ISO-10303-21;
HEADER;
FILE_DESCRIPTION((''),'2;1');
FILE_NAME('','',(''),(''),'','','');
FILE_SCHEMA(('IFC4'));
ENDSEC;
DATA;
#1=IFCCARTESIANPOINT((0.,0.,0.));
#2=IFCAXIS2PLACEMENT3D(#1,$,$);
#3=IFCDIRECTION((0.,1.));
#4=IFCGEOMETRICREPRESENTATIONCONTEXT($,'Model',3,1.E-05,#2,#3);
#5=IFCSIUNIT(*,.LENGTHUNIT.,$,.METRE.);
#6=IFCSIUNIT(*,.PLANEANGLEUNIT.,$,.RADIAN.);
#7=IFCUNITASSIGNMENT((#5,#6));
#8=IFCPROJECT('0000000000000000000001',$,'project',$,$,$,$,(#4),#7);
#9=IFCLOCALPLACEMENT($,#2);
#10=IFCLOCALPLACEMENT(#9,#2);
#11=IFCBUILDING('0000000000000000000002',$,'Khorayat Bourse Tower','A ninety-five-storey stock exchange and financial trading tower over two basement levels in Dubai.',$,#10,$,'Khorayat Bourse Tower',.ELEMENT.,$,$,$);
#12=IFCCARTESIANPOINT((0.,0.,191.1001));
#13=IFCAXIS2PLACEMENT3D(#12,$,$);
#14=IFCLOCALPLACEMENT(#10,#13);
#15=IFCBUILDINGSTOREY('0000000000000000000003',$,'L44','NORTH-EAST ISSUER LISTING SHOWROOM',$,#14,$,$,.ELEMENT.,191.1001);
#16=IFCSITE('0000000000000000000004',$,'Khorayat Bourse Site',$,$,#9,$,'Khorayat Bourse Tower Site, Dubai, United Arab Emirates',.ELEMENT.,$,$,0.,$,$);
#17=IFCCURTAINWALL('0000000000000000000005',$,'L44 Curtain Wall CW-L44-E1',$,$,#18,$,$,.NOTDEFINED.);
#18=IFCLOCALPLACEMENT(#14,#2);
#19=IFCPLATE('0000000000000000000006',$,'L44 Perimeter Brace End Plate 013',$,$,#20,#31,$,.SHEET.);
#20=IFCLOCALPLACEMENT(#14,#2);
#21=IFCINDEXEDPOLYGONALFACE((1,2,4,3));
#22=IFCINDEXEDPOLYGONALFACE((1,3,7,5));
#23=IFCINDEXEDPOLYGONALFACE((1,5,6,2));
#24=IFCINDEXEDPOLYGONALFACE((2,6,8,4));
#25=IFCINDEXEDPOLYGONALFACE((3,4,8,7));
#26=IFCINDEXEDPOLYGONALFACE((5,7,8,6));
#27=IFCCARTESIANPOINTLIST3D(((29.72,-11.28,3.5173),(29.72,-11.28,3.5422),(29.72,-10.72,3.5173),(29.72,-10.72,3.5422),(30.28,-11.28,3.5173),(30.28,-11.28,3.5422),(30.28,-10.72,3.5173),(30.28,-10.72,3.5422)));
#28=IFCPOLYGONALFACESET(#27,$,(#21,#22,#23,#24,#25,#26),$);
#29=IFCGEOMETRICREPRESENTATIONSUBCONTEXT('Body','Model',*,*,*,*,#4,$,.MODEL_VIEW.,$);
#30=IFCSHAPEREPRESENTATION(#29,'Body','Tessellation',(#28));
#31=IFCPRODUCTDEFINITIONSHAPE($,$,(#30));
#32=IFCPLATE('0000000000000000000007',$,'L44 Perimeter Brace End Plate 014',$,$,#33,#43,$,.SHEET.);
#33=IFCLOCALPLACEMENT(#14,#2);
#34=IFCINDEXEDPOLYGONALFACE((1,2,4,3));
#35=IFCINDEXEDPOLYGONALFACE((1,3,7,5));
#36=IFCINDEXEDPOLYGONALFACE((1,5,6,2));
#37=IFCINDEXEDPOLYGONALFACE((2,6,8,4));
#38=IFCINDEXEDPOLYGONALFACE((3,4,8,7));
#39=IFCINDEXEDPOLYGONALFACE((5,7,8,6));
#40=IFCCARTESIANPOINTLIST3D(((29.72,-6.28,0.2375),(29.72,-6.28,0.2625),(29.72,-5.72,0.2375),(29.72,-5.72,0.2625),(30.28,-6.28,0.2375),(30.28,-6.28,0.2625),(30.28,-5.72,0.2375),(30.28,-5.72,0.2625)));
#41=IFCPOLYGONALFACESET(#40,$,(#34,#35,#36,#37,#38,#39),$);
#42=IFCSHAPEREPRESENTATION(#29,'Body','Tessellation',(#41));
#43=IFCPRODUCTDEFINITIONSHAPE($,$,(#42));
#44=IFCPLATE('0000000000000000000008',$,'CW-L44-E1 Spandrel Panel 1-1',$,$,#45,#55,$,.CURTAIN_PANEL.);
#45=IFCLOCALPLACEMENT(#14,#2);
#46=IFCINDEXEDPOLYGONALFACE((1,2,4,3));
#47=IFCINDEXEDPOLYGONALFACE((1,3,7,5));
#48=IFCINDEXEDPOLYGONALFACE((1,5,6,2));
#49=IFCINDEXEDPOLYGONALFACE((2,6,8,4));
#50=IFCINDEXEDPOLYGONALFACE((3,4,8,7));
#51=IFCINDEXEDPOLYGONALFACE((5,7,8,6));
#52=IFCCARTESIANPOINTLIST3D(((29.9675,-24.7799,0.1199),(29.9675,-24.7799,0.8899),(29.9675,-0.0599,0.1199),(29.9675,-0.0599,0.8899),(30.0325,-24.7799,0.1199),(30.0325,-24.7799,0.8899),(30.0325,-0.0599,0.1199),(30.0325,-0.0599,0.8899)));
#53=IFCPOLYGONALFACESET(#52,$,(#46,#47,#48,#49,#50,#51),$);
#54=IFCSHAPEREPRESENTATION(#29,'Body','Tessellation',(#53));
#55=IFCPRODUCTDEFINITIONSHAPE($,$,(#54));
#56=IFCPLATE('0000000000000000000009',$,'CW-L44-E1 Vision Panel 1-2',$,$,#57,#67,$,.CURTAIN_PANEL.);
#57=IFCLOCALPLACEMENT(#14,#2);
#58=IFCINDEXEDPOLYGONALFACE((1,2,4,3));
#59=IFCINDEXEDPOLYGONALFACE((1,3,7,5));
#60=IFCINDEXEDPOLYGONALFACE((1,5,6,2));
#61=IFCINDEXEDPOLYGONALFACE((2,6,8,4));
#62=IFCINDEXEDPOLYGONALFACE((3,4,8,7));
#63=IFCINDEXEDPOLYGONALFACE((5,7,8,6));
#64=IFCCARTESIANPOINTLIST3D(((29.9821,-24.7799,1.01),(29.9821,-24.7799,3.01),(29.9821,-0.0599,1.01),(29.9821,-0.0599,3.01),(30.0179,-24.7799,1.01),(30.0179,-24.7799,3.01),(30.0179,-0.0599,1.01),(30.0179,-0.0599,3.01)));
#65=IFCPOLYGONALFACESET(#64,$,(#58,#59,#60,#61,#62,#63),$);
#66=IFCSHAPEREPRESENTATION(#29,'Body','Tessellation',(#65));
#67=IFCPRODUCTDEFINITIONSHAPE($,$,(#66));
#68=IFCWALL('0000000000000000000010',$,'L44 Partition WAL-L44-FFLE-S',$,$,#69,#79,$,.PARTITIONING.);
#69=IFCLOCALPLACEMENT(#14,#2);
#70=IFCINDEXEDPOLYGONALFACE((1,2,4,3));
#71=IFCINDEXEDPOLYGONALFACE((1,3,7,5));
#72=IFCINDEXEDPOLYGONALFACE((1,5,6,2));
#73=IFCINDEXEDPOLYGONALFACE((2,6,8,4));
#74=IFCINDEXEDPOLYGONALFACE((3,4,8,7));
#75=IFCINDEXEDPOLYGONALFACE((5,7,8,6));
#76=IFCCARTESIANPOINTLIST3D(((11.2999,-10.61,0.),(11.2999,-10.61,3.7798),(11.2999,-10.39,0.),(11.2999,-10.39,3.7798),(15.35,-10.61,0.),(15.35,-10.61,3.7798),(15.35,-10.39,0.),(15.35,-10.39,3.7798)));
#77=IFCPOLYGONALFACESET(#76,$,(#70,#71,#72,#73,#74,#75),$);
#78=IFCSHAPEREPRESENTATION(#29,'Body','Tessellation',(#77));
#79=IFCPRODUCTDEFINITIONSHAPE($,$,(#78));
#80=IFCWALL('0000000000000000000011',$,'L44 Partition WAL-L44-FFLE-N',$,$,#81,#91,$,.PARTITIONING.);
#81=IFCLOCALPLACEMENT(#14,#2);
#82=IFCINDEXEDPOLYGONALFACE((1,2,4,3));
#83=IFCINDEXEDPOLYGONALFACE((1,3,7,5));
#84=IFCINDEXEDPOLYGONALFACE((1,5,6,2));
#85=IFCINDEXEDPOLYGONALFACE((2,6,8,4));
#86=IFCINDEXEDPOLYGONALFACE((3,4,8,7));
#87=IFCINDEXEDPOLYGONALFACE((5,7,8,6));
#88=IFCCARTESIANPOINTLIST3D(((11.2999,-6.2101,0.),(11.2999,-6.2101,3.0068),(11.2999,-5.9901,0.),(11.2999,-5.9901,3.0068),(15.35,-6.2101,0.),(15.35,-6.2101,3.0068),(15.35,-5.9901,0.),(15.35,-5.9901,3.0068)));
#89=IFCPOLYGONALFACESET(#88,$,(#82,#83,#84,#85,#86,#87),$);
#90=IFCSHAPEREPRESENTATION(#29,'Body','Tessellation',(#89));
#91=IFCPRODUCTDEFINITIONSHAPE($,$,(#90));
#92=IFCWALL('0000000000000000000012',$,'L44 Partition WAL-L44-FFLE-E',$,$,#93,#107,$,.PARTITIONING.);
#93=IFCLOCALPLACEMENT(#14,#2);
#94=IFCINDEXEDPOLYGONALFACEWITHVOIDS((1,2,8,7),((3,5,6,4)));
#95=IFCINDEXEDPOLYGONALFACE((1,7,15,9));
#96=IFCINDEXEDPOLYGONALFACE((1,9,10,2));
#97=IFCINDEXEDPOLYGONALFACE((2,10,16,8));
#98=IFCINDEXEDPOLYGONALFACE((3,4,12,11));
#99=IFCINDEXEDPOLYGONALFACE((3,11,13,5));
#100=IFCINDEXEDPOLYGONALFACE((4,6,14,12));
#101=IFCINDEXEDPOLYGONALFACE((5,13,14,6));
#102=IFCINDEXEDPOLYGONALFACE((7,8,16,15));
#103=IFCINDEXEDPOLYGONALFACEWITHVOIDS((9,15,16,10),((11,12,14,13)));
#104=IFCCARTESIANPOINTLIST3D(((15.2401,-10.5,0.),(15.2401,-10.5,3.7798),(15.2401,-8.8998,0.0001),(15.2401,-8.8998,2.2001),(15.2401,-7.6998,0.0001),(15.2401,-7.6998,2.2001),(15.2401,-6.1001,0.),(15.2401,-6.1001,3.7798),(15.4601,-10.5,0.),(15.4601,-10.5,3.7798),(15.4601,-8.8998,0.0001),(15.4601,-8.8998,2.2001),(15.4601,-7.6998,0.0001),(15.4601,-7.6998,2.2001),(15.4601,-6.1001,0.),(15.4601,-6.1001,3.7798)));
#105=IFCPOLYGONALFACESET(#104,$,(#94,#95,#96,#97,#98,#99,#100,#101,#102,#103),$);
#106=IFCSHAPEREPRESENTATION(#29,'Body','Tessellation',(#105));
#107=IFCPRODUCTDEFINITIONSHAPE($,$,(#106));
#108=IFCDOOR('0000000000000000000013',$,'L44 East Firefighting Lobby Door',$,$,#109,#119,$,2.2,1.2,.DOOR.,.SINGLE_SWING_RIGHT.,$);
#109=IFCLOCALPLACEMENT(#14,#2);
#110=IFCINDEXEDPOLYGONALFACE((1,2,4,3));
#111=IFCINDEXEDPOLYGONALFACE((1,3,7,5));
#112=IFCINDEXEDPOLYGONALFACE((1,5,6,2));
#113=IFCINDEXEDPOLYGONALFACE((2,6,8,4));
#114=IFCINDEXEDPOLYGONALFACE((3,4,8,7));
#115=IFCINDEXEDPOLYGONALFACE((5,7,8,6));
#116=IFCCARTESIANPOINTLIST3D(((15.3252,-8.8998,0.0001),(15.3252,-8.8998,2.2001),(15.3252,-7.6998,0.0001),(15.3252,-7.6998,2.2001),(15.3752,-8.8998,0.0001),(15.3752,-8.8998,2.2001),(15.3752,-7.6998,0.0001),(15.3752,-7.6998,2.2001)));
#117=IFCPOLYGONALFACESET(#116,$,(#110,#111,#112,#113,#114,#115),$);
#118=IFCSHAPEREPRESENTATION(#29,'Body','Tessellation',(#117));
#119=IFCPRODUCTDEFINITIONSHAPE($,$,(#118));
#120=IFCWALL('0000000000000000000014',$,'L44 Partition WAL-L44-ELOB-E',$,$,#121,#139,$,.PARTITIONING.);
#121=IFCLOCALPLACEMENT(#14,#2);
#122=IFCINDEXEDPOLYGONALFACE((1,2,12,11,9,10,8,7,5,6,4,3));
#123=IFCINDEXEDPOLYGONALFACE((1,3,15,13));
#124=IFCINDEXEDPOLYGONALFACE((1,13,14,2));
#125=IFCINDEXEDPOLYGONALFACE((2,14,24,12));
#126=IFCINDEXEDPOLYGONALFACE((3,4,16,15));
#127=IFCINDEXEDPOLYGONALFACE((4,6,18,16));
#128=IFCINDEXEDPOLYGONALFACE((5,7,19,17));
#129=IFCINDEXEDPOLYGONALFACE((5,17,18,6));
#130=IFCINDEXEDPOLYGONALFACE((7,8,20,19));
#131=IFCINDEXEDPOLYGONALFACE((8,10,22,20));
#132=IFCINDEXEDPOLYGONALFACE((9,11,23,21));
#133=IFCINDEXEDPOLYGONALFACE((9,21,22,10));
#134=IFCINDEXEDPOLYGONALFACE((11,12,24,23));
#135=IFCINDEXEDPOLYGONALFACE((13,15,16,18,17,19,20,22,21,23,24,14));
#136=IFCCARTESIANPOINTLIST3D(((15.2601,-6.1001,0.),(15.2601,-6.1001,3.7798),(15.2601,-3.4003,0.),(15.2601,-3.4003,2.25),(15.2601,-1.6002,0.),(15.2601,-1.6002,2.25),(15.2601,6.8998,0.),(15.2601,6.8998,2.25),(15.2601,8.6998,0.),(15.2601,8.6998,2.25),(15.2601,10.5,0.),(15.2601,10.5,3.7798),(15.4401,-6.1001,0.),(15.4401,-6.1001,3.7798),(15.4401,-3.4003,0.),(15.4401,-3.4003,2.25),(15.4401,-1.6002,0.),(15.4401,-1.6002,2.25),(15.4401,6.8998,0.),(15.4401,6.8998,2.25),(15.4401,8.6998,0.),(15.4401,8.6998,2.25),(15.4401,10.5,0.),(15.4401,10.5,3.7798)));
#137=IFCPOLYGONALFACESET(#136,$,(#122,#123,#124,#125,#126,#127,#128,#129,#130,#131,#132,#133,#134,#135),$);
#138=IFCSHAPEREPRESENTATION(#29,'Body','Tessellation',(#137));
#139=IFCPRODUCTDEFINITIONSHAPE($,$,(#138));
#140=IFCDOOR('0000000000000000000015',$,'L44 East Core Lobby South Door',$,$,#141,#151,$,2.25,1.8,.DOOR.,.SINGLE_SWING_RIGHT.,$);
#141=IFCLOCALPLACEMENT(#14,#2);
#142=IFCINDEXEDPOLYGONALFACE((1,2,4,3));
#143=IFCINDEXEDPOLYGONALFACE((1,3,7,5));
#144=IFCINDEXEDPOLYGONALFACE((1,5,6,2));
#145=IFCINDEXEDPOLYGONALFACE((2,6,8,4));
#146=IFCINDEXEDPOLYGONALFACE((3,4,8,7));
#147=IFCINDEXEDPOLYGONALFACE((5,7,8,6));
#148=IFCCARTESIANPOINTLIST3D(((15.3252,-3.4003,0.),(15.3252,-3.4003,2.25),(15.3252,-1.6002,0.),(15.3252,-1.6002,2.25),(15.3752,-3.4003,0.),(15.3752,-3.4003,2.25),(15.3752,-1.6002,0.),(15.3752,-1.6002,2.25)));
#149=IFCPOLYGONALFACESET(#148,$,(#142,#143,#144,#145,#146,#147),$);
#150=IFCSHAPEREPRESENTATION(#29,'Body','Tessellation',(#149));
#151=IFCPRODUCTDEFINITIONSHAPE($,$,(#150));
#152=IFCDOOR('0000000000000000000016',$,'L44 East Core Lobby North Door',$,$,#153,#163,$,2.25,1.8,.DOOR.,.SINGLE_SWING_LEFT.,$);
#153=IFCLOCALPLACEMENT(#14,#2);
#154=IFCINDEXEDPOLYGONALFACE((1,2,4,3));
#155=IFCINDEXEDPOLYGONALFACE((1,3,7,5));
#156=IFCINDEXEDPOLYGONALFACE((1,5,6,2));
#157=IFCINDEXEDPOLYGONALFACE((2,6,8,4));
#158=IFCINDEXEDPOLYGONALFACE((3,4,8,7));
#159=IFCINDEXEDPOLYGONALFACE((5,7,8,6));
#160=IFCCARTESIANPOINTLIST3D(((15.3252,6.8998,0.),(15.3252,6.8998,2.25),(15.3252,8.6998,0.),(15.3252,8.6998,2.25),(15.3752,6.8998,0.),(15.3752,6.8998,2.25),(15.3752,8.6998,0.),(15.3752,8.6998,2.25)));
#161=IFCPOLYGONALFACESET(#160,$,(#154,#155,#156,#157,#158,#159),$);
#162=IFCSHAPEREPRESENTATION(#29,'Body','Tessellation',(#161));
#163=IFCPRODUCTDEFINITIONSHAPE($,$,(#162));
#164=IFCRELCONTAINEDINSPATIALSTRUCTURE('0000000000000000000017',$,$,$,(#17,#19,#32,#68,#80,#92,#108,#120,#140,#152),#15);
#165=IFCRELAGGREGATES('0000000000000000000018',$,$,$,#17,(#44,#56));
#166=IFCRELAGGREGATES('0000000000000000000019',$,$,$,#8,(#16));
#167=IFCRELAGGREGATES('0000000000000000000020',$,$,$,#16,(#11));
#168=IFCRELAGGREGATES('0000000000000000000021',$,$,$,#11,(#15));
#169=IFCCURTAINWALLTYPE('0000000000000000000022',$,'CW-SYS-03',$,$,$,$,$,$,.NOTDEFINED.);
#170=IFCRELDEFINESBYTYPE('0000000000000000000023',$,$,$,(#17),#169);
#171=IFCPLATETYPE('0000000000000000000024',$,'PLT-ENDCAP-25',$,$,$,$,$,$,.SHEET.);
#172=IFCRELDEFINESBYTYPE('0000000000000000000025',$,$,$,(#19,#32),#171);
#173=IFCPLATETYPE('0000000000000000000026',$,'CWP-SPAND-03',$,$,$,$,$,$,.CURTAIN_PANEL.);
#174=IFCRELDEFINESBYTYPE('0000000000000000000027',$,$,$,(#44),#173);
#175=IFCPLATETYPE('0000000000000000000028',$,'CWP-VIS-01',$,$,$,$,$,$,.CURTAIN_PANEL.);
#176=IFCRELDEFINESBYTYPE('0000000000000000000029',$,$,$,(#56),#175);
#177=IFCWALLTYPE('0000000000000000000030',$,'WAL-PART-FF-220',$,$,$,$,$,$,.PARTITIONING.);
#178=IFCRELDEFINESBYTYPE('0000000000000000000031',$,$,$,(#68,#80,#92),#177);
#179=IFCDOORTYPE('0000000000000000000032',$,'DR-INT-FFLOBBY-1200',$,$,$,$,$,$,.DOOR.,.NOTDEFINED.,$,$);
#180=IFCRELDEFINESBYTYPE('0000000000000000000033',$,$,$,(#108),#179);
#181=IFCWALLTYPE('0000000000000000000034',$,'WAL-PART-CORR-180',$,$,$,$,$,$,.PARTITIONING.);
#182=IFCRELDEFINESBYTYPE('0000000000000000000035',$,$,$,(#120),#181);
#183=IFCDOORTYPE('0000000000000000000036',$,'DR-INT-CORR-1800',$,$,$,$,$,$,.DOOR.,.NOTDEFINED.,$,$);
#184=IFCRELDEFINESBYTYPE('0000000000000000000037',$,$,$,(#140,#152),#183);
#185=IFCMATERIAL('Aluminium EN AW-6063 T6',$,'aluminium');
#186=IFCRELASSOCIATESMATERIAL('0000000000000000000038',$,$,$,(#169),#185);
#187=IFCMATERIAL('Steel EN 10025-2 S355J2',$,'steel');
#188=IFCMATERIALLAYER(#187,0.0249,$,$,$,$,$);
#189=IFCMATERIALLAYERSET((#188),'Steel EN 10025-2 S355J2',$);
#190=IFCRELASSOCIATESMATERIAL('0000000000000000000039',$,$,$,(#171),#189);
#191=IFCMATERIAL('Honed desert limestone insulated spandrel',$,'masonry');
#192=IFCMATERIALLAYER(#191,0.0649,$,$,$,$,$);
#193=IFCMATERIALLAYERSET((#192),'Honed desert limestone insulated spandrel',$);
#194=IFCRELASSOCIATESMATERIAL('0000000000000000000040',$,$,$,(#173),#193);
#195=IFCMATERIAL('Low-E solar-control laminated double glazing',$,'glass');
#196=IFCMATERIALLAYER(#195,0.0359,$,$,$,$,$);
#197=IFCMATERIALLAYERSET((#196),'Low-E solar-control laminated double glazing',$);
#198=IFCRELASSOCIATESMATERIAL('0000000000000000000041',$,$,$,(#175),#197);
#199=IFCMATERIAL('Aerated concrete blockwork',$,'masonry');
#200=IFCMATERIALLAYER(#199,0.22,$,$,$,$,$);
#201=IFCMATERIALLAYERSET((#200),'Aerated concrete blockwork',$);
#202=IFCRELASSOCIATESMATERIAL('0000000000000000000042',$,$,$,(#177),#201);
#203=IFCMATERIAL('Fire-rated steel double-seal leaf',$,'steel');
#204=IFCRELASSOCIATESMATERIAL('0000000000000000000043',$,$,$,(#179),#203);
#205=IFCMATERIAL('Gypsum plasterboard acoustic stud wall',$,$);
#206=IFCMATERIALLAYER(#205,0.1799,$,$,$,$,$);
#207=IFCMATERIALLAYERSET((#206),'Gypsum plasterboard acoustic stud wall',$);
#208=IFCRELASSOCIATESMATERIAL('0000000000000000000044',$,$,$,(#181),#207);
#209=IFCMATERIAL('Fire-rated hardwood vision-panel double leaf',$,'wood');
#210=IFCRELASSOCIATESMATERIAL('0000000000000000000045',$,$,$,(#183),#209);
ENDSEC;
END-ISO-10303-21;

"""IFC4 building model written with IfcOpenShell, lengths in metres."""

from ifc_helpers import new_model, si_unit, direction, frame, frame_2d, origin, origin_2d, place, context, subcontext, project, spatial, rectangle, extrude, source, transform, mapped, material, layer, layer_set, type_object, element, fill, aggregate, save


model = new_model("IFC4")

# Units and contexts
model_context = context("Model", 3, precision=1e-05, world=origin(), true_north=direction((0.0, 1.0)))
body_context = subcontext(model_context, "Body", "Model", "MODEL_VIEW")
ifc_project = project(units=[si_unit("LENGTHUNIT", "METRE"), si_unit("PLANEANGLEUNIT", "RADIAN")], contexts=[model_context])

# Site, building, storey
site_placement = place(None, origin())
site = spatial("IfcSite", under=ifc_project, at=site_placement, Name="Khorayat Bourse Site", LongName="Khorayat Bourse Tower Site, Dubai, United Arab Emirates", CompositionType="ELEMENT", RefElevation=0.0)
building_placement = place(site_placement, origin())
building = spatial("IfcBuilding", under=site, at=building_placement, Name="Khorayat Bourse Tower", Description="A ninety-five-storey stock exchange and financial trading tower over two basement levels in Dubai.", LongName="Khorayat Bourse Tower", CompositionType="ELEMENT")
storey_placement = place(building_placement, frame((0.0, 0.0, 191.1001)))
storey = spatial("IfcBuildingStorey", under=building, at=storey_placement, Name="L44", Description="NORTH-EAST ISSUER LISTING SHOWROOM", CompositionType="ELEMENT", Elevation=191.1001)

# Curtain wall
ifc_material_1 = material(Name="Aluminium EN AW-6063 T6", Category="aluminium")
curtain_wall_type = type_object("IfcCurtainWallType", Name="CW-SYS-03", PredefinedType="NOTDEFINED", material=ifc_material_1)
curtain_wall_placement = place(storey_placement, origin())
curtain_wall = element("IfcCurtainWall", 1, at=curtain_wall_placement, inside=storey, type_object=curtain_wall_type, Name="L44 Curtain Wall CW-L44-E1", PredefinedType="NOTDEFINED")

# Plates
ifc_material_2 = material(Name="Steel EN 10025-2 S355J2", Category="steel")
ifc_layer_1 = layer(ifc_material_2, 0.0249)
ifc_layer_set_1 = layer_set([ifc_layer_1], Name="Steel EN 10025-2 S355J2")
plate_type_1 = type_object("IfcPlateType", Name="PLT-ENDCAP-25", PredefinedType="SHEET", material=ifc_layer_set_1)
shared_shape_1 = source(origin(), body_context, "Body", "SweptSolid", [
    extrude(rectangle(XDim=0.5601, YDim=0.5601, at=origin_2d()), origin(), (0.0, 0.0, 1.0), 0.0249),
])
for number, where, z_axis, x_axis, name in (
    (2, (30.0, -11.0, 3.5173), (0.0, 0.0, 1.0), (1.0, 0.0, 0.0), "L44 Perimeter Brace End Plate 013"),
    (3, (30.0, -6.0, 0.2375), (0.0, 0.0, 1.0), (1.0, 0.0, 0.0), "L44 Perimeter Brace End Plate 014"),
):
    element("IfcPlate", number, at=place(storey_placement, frame(where, z_axis=z_axis, x_axis=x_axis)), inside=storey, type_object=plate_type_1, Name=name, PredefinedType="SHEET", context=body_context, shape_type="MappedRepresentation", body=[
        mapped(shared_shape_1, transform((0.0, 0.0, 0.0), scale=1.0)),
    ])

# Plates
ifc_material_3 = material(Name="Honed desert limestone insulated spandrel", Category="masonry")
ifc_layer_2 = layer(ifc_material_3, 0.0649)
ifc_layer_set_2 = layer_set([ifc_layer_2], Name="Honed desert limestone insulated spandrel")
plate_type_2 = type_object("IfcPlateType", Name="CWP-SPAND-03", PredefinedType="CURTAIN_PANEL", material=ifc_layer_set_2)
shared_shape_2 = source(origin(), body_context, "Body", "SweptSolid", [
    extrude(rectangle(XDim=24.72, YDim=0.0649, at=origin_2d()), origin(), (0.0, 0.0, 1.0), 0.77),
])
plate_1_placement = place(storey_placement, frame((30.0, -12.4199, 0.1199), z_axis=(0.0, 0.0, 1.0), x_axis=(0.0, 1.0, 0.0)))
plate_1 = element("IfcPlate", 4, at=plate_1_placement, type_object=plate_type_2, Name="CW-L44-E1 Spandrel Panel 1-1", PredefinedType="CURTAIN_PANEL", context=body_context, shape_type="MappedRepresentation", body=[
    mapped(shared_shape_2, transform((0.0, 0.0, 0.0), scale=1.0)),
])
ifc_material_4 = material(Name="Low-E solar-control laminated double glazing", Category="glass")
ifc_layer_3 = layer(ifc_material_4, 0.0359)
ifc_layer_set_3 = layer_set([ifc_layer_3], Name="Low-E solar-control laminated double glazing")
plate_type_3 = type_object("IfcPlateType", Name="CWP-VIS-01", PredefinedType="CURTAIN_PANEL", material=ifc_layer_set_3)
shared_shape_3 = source(origin(), body_context, "Body", "SweptSolid", [
    extrude(rectangle(XDim=24.72, YDim=0.0359, at=origin_2d()), origin(), (0.0, 0.0, 1.0), 2.0),
])
plate_2_placement = place(storey_placement, frame((30.0, -12.4199, 1.01), z_axis=(0.0, 0.0, 1.0), x_axis=(0.0, 1.0, 0.0)))
plate_2 = element("IfcPlate", 5, at=plate_2_placement, type_object=plate_type_3, Name="CW-L44-E1 Vision Panel 1-2", PredefinedType="CURTAIN_PANEL", context=body_context, shape_type="MappedRepresentation", body=[
    mapped(shared_shape_3, transform((0.0, 0.0, 0.0), scale=1.0)),
])
aggregate(curtain_wall, [plate_1, plate_2])

# Walls
ifc_material_5 = material(Name="Aerated concrete blockwork", Category="masonry")
ifc_layer_4 = layer(ifc_material_5, 0.22)
ifc_layer_set_4 = layer_set([ifc_layer_4], Name="Aerated concrete blockwork")
wall_type_1 = type_object("IfcWallType", Name="WAL-PART-FF-220", PredefinedType="PARTITIONING", material=ifc_layer_set_4)
shared_shape_4 = source(origin(), body_context, "Body", "SweptSolid", [
    extrude(rectangle(XDim=4.05, YDim=0.22, at=frame_2d((2.0249, 0.0))), origin(), (0.0, 0.0, 1.0), 3.7798),
])
wall_1_placement = place(storey_placement, frame((11.3, -10.5, 0.0), z_axis=(0.0, 0.0, 1.0), x_axis=(1.0, 0.0, 0.0)))
element("IfcWall", 6, at=wall_1_placement, inside=storey, type_object=wall_type_1, Name="L44 Partition WAL-L44-FFLE-S", PredefinedType="PARTITIONING", context=body_context, shape_type="MappedRepresentation", body=[
    mapped(shared_shape_4, transform((0.0, 0.0, 0.0), scale=1.0)),
])
shared_shape_5 = source(origin(), body_context, "Body", "SweptSolid", [
    extrude(rectangle(XDim=4.05, YDim=0.22, at=frame_2d((2.0249, 0.0))), origin(), (0.0, 0.0, 1.0), 3.0068),
])
wall_2_placement = place(storey_placement, frame((11.3, -6.1001, 0.0), z_axis=(0.0, 0.0, 1.0), x_axis=(1.0, 0.0, 0.0)))
element("IfcWall", 7, at=wall_2_placement, inside=storey, type_object=wall_type_1, Name="L44 Partition WAL-L44-FFLE-N", PredefinedType="PARTITIONING", context=body_context, shape_type="MappedRepresentation", body=[
    mapped(shared_shape_5, transform((0.0, 0.0, 0.0), scale=1.0)),
])

# Wall, opening, door
shared_shape_6 = source(origin(), body_context, "Body", "SweptSolid", [
    extrude(rectangle(XDim=4.3999, YDim=0.22, at=frame_2d((2.2, 0.0))), origin(), (0.0, 0.0, 1.0), 3.7798),
])
wall_3_placement = place(storey_placement, frame((15.3501, -10.5, 0.0), z_axis=(0.0, 0.0, 1.0), x_axis=(0.0, 1.0, 0.0)))
wall_3 = element("IfcWall", 8, at=wall_3_placement, inside=storey, type_object=wall_type_1, Name="L44 Partition WAL-L44-FFLE-E", PredefinedType="PARTITIONING", context=body_context, shape_type="MappedRepresentation", body=[
    mapped(shared_shape_6, transform((0.0, 0.0, 0.0), scale=1.0)),
])
shared_shape_7 = source(origin(), body_context, "Body", "SweptSolid", [
    extrude(rectangle(XDim=1.2, YDim=2.2, at=frame_2d((0.6001, 1.1001))), frame((0.0, 0.1199, 0.0), z_axis=(0.0, -1.0, 0.0), x_axis=(1.0, 0.0, 0.0)), (0.0, 0.0, 1.0), 0.24),
])
opening_1_placement = place(wall_3_placement, frame((1.6001, 0.0, 0.0)))
opening_1 = element("IfcOpeningElement", 9, at=opening_1_placement, cuts=wall_3, PredefinedType="OPENING", context=body_context, shape_type="MappedRepresentation", body=[
    mapped(shared_shape_7, transform((0.0, 0.0, 0.0), scale=1.0)),
])
ifc_material_6 = material(Name="Fire-rated steel double-seal leaf", Category="steel")
door_type_1 = type_object("IfcDoorType", Name="DR-INT-FFLOBBY-1200", OperationType="NOTDEFINED", PredefinedType="DOOR", material=ifc_material_6)
shared_shape_8 = source(origin(), body_context, "Body", "SweptSolid", [
    extrude(rectangle(XDim=1.2, YDim=2.2, at=frame_2d((0.6001, 1.1001))), frame((0.0, 0.0249, 0.0), z_axis=(0.0, -1.0, 0.0), x_axis=(1.0, 0.0, 0.0)), (0.0, 0.0, 1.0), 0.05),
])
door_1_placement = place(opening_1_placement, origin())
door_1 = element("IfcDoor", 10, at=door_1_placement, inside=storey, type_object=door_type_1, Name="L44 East Firefighting Lobby Door", OperationType="SINGLE_SWING_RIGHT", OverallHeight=2.2, OverallWidth=1.2, PredefinedType="DOOR", context=body_context, shape_type="MappedRepresentation", body=[
    mapped(shared_shape_8, transform((0.0, 0.0, 0.0), scale=1.0)),
])
fill(opening_1, door_1)

# Wall, openings, doors
ifc_material_7 = material(Name="Gypsum plasterboard acoustic stud wall")
ifc_layer_5 = layer(ifc_material_7, 0.1799)
ifc_layer_set_5 = layer_set([ifc_layer_5], Name="Gypsum plasterboard acoustic stud wall")
wall_type_2 = type_object("IfcWallType", Name="WAL-PART-CORR-180", PredefinedType="PARTITIONING", material=ifc_layer_set_5)
shared_shape_9 = source(origin(), body_context, "Body", "SweptSolid", [
    extrude(rectangle(XDim=16.6001, YDim=0.1799, at=frame_2d((8.3, 0.0))), origin(), (0.0, 0.0, 1.0), 3.7798),
])
wall_4_placement = place(storey_placement, frame((15.3501, -6.1001, 0.0), z_axis=(0.0, 0.0, 1.0), x_axis=(0.0, 1.0, 0.0)))
wall_4 = element("IfcWall", 11, at=wall_4_placement, inside=storey, type_object=wall_type_2, Name="L44 Partition WAL-L44-ELOB-E", PredefinedType="PARTITIONING", context=body_context, shape_type="MappedRepresentation", body=[
    mapped(shared_shape_9, transform((0.0, 0.0, 0.0), scale=1.0)),
])
shared_shape_10 = source(origin(), body_context, "Body", "SweptSolid", [
    extrude(rectangle(XDim=1.8, YDim=2.25, at=frame_2d((0.8999, 1.125))), frame((0.0, 0.0999, 0.0), z_axis=(0.0, -1.0, 0.0), x_axis=(1.0, 0.0, 0.0)), (0.0, 0.0, 1.0), 0.2),
])
opening_2_placement = place(wall_4_placement, frame((2.7, 0.0, 0.0)))
opening_2 = element("IfcOpeningElement", 12, at=opening_2_placement, cuts=wall_4, PredefinedType="OPENING", context=body_context, shape_type="MappedRepresentation", body=[
    mapped(shared_shape_10, transform((0.0, 0.0, 0.0), scale=1.0)),
])
opening_3_placement = place(wall_4_placement, frame((13.0, 0.0, 0.0)))
opening_3 = element("IfcOpeningElement", 13, at=opening_3_placement, cuts=wall_4, PredefinedType="OPENING", context=body_context, shape_type="MappedRepresentation", body=[
    mapped(shared_shape_10, transform((0.0, 0.0, 0.0), scale=1.0)),
])
ifc_material_8 = material(Name="Fire-rated hardwood vision-panel double leaf", Category="wood")
door_type_2 = type_object("IfcDoorType", Name="DR-INT-CORR-1800", OperationType="NOTDEFINED", PredefinedType="DOOR", material=ifc_material_8)
shared_shape_11 = source(origin(), body_context, "Body", "SweptSolid", [
    extrude(rectangle(XDim=1.8, YDim=2.25, at=frame_2d((0.8999, 1.125))), frame((0.0, 0.0249, 0.0), z_axis=(0.0, -1.0, 0.0), x_axis=(1.0, 0.0, 0.0)), (0.0, 0.0, 1.0), 0.05),
])
door_2_placement = place(opening_2_placement, origin())
door_2 = element("IfcDoor", 14, at=door_2_placement, inside=storey, type_object=door_type_2, Name="L44 East Core Lobby South Door", OperationType="SINGLE_SWING_RIGHT", OverallHeight=2.25, OverallWidth=1.8, PredefinedType="DOOR", context=body_context, shape_type="MappedRepresentation", body=[
    mapped(shared_shape_11, transform((0.0, 0.0, 0.0), scale=1.0)),
])
fill(opening_2, door_2)
door_3_placement = place(opening_3_placement, origin())
door_3 = element("IfcDoor", 15, at=door_3_placement, inside=storey, type_object=door_type_2, Name="L44 East Core Lobby North Door", OperationType="SINGLE_SWING_LEFT", OverallHeight=2.25, OverallWidth=1.8, PredefinedType="DOOR", context=body_context, shape_type="MappedRepresentation", body=[
    mapped(shared_shape_11, transform((0.0, 0.0, 0.0), scale=1.0)),
])
fill(opening_3, door_3)

save(model, "model.ifc")
